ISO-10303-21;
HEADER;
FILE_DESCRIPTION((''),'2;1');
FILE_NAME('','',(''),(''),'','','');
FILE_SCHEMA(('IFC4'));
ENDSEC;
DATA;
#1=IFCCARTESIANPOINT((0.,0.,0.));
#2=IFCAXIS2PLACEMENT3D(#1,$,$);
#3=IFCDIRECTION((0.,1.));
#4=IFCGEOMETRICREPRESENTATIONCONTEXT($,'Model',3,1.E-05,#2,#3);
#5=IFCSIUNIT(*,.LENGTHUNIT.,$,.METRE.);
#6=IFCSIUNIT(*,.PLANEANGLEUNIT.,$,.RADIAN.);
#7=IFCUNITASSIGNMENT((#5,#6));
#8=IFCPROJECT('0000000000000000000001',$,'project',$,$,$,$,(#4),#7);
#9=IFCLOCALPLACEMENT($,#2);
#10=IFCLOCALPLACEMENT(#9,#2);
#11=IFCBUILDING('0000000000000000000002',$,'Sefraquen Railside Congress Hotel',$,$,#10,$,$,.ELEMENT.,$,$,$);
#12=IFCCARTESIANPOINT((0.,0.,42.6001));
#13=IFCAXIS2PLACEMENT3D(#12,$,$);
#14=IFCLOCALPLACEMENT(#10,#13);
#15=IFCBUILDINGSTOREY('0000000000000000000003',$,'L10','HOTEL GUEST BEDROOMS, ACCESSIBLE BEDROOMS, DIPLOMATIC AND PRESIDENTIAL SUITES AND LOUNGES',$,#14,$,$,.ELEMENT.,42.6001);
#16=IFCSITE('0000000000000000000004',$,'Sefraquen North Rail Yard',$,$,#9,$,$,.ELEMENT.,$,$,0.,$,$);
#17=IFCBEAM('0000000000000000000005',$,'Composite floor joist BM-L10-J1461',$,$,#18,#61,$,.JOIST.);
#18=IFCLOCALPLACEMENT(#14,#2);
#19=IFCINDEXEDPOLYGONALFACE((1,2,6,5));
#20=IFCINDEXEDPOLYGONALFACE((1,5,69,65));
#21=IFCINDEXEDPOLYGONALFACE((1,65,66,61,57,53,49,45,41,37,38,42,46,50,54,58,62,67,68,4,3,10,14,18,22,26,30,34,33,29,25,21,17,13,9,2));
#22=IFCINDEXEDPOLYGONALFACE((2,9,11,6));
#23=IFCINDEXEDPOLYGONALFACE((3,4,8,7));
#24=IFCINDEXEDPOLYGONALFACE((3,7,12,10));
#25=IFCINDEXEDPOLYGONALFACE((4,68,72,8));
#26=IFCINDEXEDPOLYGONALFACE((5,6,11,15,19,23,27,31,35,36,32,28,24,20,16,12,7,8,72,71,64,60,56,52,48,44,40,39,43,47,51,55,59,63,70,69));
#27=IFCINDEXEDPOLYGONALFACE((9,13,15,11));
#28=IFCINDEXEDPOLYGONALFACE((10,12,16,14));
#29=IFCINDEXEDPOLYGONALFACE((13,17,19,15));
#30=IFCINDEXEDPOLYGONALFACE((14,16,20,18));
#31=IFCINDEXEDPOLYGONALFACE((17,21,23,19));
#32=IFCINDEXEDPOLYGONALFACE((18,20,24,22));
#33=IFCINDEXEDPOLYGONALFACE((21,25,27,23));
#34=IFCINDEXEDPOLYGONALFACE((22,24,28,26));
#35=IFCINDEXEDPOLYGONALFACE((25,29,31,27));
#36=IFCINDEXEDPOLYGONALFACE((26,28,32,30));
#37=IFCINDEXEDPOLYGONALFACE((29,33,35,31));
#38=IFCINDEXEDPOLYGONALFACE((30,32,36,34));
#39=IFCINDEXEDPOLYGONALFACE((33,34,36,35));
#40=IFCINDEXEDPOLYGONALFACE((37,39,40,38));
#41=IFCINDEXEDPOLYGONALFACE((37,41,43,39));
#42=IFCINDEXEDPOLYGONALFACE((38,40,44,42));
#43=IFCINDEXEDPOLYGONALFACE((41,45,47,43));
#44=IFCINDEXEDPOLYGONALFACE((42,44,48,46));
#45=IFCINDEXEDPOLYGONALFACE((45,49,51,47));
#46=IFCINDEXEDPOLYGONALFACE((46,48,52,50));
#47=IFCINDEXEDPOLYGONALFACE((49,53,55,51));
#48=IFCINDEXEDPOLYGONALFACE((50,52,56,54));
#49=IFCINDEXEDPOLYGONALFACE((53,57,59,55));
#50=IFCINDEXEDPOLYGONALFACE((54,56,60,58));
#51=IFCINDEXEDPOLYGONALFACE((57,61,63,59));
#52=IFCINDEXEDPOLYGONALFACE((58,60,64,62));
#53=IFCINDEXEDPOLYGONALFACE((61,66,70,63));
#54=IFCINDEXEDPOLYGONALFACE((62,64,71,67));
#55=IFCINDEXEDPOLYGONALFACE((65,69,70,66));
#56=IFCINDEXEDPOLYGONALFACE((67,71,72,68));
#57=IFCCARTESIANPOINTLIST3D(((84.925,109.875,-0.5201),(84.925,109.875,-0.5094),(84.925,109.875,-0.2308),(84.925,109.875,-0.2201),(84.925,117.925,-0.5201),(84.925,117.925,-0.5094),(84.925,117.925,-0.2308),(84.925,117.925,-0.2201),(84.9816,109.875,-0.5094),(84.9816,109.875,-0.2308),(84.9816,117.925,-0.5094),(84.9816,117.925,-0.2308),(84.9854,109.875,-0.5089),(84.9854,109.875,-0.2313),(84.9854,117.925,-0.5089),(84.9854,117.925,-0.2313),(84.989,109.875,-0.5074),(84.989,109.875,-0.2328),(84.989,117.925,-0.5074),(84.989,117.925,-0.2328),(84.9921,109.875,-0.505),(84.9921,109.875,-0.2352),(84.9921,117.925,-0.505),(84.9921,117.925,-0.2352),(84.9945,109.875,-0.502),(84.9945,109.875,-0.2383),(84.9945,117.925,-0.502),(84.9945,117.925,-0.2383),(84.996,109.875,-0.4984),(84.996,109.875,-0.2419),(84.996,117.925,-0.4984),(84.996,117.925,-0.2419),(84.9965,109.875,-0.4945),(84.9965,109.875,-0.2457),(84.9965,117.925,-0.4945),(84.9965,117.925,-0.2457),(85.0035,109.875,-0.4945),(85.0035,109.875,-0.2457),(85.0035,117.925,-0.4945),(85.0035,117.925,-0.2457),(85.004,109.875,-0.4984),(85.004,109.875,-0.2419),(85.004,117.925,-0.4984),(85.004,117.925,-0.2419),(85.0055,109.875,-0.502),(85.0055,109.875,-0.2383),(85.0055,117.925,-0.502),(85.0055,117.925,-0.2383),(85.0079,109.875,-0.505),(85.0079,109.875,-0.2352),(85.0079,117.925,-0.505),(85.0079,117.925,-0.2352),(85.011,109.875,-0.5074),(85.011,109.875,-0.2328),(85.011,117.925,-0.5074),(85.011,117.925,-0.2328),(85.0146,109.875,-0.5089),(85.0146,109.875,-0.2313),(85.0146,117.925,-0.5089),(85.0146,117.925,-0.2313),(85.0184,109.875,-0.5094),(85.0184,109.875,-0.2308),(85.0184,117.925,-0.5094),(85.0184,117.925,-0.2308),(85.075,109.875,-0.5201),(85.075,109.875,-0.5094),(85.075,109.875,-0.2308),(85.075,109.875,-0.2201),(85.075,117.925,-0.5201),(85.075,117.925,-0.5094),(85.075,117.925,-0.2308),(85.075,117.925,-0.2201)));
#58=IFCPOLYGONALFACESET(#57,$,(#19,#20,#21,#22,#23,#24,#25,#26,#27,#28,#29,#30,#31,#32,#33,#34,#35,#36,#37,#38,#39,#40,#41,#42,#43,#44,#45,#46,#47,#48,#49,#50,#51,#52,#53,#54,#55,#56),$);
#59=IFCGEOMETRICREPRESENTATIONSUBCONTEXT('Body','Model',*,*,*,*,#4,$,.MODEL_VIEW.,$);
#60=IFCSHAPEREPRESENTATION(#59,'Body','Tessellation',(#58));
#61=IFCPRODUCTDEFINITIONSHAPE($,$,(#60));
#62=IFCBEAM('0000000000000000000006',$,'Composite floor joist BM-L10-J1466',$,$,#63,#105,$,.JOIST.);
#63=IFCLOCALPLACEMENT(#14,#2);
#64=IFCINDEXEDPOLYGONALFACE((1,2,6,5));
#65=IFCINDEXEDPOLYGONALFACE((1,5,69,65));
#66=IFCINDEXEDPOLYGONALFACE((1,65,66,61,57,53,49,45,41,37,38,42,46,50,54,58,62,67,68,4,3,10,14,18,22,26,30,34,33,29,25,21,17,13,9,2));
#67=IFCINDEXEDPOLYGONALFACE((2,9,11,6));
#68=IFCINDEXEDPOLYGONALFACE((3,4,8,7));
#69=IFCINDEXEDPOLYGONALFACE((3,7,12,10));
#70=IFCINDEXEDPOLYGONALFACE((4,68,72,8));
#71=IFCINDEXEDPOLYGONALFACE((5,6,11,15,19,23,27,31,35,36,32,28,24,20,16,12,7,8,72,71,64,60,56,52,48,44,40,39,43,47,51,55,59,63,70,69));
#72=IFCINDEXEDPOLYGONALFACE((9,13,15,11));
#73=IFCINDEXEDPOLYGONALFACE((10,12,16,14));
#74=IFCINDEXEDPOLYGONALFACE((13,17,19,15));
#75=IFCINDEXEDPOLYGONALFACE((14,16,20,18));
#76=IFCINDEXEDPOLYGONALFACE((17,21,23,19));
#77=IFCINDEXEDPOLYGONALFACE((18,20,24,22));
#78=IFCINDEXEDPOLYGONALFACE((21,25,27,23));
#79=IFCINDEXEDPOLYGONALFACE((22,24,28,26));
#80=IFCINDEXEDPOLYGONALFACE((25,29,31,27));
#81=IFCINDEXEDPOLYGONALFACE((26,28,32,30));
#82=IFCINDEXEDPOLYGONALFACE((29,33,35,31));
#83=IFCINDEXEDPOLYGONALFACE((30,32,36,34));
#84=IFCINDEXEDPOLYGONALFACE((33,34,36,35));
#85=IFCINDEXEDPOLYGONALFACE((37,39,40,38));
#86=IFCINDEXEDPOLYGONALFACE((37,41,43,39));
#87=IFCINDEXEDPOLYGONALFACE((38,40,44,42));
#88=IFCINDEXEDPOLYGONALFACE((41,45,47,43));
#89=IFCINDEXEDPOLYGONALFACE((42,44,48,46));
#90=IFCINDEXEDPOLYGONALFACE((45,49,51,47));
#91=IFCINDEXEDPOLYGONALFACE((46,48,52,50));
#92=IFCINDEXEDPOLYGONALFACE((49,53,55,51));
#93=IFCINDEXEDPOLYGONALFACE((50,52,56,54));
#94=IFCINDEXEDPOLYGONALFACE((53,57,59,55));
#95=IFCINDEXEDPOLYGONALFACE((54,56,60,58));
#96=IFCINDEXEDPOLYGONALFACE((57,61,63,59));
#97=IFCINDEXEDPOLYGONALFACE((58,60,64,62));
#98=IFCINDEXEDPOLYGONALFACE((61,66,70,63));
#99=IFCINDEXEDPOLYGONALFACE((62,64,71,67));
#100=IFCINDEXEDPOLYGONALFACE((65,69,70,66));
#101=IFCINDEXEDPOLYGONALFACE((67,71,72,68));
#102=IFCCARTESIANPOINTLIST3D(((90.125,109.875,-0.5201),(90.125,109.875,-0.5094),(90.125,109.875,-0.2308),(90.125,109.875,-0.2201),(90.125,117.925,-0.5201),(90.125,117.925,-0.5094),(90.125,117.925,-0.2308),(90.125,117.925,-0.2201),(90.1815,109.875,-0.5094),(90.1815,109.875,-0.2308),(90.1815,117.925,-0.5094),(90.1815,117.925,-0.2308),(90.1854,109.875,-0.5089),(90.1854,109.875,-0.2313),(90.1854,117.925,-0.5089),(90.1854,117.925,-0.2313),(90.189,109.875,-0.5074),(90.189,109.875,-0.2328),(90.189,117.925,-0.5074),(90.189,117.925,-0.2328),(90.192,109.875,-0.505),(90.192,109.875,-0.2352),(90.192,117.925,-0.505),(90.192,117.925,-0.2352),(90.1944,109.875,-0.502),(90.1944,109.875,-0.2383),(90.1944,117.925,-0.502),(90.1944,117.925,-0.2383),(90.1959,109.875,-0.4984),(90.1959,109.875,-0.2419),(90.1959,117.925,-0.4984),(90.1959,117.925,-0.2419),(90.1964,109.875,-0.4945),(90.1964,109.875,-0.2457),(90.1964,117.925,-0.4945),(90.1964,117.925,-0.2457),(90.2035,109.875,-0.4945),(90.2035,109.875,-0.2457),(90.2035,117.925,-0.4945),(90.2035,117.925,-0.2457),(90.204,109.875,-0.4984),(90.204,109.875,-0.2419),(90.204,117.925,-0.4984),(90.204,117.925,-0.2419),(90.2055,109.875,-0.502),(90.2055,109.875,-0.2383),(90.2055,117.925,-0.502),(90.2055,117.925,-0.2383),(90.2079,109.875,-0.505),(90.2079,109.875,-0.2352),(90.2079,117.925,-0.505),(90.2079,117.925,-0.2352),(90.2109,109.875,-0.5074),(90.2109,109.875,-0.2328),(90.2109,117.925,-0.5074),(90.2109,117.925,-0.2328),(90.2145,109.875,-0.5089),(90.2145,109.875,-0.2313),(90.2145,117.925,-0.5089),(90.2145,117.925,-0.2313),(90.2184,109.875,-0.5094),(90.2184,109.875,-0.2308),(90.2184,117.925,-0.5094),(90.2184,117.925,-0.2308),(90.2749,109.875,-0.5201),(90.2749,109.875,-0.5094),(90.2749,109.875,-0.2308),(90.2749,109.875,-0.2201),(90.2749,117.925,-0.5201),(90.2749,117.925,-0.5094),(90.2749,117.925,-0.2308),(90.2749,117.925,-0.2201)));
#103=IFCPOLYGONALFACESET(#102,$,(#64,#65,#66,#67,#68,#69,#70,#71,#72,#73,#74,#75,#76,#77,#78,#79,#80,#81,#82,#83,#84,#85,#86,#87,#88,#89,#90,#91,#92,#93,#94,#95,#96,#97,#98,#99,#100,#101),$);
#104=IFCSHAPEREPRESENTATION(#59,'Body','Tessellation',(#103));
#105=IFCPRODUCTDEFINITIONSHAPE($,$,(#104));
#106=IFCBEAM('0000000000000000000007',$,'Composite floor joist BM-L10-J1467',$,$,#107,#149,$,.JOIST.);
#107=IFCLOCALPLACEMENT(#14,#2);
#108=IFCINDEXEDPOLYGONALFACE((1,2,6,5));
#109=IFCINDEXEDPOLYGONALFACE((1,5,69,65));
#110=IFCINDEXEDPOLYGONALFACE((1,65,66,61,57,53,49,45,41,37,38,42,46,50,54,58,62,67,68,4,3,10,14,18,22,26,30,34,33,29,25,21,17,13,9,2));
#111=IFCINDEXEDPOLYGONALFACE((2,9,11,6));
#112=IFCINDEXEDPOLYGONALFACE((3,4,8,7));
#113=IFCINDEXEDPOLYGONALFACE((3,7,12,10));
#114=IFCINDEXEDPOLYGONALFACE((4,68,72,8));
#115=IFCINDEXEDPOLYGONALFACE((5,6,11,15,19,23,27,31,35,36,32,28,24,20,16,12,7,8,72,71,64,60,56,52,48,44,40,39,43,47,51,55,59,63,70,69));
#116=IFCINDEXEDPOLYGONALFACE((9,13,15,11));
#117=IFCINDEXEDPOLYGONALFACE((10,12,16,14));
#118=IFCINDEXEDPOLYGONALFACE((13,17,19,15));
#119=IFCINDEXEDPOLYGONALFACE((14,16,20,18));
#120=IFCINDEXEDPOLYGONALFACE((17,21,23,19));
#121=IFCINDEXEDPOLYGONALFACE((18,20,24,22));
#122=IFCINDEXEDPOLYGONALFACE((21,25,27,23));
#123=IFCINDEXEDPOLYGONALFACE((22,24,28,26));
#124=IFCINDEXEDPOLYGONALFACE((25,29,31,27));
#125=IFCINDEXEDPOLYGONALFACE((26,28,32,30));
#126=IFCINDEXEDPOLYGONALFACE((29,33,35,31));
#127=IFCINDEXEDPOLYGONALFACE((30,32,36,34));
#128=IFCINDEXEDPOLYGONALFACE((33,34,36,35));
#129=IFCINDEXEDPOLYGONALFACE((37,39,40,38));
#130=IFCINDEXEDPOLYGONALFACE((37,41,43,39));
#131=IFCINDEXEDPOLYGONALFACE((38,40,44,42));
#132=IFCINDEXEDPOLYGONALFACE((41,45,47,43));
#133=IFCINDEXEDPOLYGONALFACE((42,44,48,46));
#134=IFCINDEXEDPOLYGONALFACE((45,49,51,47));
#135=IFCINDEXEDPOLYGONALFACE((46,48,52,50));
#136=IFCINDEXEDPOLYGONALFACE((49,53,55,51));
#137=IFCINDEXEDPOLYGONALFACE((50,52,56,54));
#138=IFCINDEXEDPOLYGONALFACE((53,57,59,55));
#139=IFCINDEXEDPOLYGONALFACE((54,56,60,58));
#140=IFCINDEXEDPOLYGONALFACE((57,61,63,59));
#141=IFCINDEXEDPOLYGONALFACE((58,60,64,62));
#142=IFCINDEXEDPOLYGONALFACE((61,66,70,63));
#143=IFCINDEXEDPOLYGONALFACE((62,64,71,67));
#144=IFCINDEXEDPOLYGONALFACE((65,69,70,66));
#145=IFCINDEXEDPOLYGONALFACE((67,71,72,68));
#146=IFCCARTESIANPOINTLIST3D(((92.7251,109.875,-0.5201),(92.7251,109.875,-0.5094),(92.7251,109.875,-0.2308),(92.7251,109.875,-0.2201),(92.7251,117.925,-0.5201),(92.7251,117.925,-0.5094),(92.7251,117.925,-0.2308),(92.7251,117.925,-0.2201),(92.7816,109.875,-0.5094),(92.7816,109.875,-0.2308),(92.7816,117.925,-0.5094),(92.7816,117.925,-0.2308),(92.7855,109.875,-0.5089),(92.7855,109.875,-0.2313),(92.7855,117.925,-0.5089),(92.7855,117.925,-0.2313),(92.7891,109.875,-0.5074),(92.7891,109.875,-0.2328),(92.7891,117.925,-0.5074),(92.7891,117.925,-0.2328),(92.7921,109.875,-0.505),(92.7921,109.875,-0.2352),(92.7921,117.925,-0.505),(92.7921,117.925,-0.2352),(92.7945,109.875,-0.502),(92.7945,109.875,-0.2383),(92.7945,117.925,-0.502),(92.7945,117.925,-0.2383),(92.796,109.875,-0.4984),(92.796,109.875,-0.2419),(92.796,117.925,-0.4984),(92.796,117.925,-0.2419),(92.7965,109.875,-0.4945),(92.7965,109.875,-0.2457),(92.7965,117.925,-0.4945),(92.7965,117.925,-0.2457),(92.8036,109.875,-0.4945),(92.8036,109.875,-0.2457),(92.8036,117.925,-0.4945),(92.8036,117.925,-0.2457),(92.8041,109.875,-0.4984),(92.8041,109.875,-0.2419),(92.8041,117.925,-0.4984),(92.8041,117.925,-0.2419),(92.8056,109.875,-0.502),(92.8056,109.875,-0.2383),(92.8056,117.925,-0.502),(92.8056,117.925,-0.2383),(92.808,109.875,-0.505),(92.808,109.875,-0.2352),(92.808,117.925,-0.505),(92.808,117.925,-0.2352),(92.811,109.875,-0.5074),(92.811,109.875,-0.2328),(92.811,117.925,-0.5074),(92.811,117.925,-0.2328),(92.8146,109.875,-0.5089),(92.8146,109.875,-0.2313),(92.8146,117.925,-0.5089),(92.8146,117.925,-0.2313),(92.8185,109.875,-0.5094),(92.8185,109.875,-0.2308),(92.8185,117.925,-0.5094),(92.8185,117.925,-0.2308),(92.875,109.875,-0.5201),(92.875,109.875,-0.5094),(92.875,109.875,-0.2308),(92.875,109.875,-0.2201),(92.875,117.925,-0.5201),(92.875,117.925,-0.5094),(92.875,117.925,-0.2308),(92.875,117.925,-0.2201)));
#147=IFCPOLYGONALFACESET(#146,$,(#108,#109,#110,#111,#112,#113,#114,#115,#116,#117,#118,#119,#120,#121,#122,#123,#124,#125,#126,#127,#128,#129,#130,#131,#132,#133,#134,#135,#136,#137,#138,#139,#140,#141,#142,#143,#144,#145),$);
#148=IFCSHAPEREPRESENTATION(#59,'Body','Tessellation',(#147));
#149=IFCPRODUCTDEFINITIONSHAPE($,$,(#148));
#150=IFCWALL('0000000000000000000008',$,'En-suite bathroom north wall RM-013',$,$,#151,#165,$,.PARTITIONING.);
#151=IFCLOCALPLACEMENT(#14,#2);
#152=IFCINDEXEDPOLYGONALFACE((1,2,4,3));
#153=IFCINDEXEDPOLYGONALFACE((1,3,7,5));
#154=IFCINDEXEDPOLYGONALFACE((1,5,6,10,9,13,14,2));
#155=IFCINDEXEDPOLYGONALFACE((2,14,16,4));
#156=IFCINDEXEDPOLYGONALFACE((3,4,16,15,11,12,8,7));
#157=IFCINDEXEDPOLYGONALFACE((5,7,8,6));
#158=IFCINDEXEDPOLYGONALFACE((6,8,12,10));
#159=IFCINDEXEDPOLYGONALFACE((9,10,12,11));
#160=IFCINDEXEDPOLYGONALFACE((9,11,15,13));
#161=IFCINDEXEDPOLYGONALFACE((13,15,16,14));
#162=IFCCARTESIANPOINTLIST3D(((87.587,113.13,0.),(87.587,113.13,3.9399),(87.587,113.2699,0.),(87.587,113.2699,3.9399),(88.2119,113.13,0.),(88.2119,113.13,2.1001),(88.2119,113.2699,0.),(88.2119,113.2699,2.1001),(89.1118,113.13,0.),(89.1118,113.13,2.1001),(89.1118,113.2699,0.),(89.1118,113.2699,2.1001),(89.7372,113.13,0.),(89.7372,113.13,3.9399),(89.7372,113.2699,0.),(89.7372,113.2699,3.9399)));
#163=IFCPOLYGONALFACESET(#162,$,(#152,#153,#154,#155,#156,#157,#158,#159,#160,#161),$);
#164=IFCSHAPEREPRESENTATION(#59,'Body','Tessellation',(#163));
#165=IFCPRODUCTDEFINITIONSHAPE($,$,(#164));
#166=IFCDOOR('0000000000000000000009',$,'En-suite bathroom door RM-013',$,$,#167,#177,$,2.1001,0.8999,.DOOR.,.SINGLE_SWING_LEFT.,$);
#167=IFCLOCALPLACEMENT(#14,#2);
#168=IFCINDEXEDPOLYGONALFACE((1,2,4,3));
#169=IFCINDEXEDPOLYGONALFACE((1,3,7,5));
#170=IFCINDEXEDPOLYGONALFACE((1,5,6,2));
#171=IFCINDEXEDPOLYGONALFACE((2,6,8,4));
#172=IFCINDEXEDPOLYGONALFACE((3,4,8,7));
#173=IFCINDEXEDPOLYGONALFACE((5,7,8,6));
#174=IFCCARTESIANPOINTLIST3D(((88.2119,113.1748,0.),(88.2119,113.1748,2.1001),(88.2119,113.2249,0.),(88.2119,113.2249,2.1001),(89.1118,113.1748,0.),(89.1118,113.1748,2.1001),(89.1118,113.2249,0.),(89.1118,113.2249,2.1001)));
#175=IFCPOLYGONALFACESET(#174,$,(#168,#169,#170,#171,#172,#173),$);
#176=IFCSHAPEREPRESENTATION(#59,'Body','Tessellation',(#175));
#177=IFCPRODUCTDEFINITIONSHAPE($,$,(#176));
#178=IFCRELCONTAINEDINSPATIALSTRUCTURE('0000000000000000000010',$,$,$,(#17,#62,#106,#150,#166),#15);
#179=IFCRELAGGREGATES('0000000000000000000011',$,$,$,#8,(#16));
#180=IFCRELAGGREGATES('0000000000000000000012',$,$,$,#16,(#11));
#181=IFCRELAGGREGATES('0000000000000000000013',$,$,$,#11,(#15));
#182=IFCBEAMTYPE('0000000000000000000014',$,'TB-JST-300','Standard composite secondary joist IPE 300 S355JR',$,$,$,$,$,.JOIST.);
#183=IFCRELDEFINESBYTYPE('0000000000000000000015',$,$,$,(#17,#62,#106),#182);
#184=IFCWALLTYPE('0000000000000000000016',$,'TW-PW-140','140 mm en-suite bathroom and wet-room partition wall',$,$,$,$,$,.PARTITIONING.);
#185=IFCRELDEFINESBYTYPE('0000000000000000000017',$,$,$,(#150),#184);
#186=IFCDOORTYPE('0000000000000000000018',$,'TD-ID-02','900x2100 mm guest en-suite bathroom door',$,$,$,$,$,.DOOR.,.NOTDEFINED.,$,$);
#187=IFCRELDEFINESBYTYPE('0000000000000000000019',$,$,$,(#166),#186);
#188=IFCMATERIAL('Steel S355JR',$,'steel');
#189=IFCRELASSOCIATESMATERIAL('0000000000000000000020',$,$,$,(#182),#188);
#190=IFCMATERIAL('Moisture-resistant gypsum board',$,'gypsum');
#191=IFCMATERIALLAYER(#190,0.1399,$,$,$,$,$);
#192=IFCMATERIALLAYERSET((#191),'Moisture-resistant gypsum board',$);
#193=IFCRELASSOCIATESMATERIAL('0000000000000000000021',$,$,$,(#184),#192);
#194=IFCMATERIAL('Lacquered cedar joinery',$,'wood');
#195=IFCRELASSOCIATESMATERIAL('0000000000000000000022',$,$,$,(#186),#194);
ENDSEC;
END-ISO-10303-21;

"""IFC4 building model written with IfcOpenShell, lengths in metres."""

from ifc_helpers import new_model, si_unit, direction, frame, frame_2d, origin, origin_2d, place, context, subcontext, project, spatial, rectangle, i_section, extrude, material, layer, layer_set, material_profile, profile_set, type_object, element, fill, save


model = new_model("IFC4")

# Units and contexts
model_context = context("Model", 3, precision=1e-05, world=origin(), true_north=direction((0.0, 1.0)))
body_context = subcontext(model_context, "Body", "Model", "MODEL_VIEW")
ifc_project = project(units=[si_unit("LENGTHUNIT", "METRE"), si_unit("PLANEANGLEUNIT", "RADIAN")], contexts=[model_context])

# Site, building, storey
site_placement = place(None, origin())
site = spatial("IfcSite", under=ifc_project, at=site_placement, Name="Sefraquen North Rail Yard", CompositionType="ELEMENT", RefElevation=0.0)
building_placement = place(site_placement, origin())
building = spatial("IfcBuilding", under=site, at=building_placement, Name="Sefraquen Railside Congress Hotel", CompositionType="ELEMENT")
storey_placement = place(building_placement, frame((0.0, 0.0, 42.6001)))
storey = spatial("IfcBuildingStorey", under=building, at=storey_placement, Name="L10", Description="HOTEL GUEST BEDROOMS, ACCESSIBLE BEDROOMS, DIPLOMATIC AND PRESIDENTIAL SUITES AND LOUNGES", CompositionType="ELEMENT", Elevation=42.6001)

# Shared definitions
ifc_material_1 = material(Name="Steel S355JR", Category="steel")

# Beams
ifc_material_profile_1 = material_profile(ifc_material_1, i_section(OverallWidth=0.1499, OverallDepth=0.3, WebThickness=0.0071, FlangeThickness=0.0107, FilletRadius=0.0149, at=origin_2d()), Name="IPE 300")
ifc_profile_set_1 = profile_set([ifc_material_profile_1], Name="Steel S355JR")
beam_type_1 = type_object("IfcBeamType", Name="TB-JST-300", Description="Standard composite secondary joist IPE 300 S355JR", PredefinedType="JOIST", material=ifc_profile_set_1)
for number, where, z_axis, x_axis, name in (
    (1, (85.0, 109.875, -0.3701), (0.0, 1.0, 0.0), (-1.0, 0.0, 0.0), "Composite floor joist BM-L10-J1461"),
    (2, (90.2, 109.875, -0.3701), (0.0, 1.0, 0.0), (-1.0, 0.0, 0.0), "Composite floor joist BM-L10-J1466"),
    (3, (92.8, 109.875, -0.3701), (0.0, 1.0, 0.0), (-1.0, 0.0, 0.0), "Composite floor joist BM-L10-J1467"),
):
    element("IfcBeam", number, at=place(storey_placement, frame(where, z_axis=z_axis, x_axis=x_axis)), inside=storey, type_object=beam_type_1, Name=name, PredefinedType="JOIST", context=body_context, shape_type="SweptSolid", body=[
        extrude(i_section(OverallWidth=0.1499, OverallDepth=0.3, WebThickness=0.0071, FlangeThickness=0.0107, FilletRadius=0.0149, at=origin_2d()), origin(), (0.0, 0.0, 1.0), 8.05),
    ])

# Wall, opening, door
ifc_material_2 = material(Name="Moisture-resistant gypsum board", Category="gypsum")
ifc_layer_1 = layer(ifc_material_2, 0.1399)
ifc_layer_set_1 = layer_set([ifc_layer_1], Name="Moisture-resistant gypsum board")
wall_type = type_object("IfcWallType", Name="TW-PW-140", Description="140 mm en-suite bathroom and wet-room partition wall", PredefinedType="PARTITIONING", material=ifc_layer_set_1)
wall_1_placement = place(storey_placement, frame((87.5869, 113.2, 0.0), z_axis=(0.0, 0.0, 1.0), x_axis=(1.0, 0.0, 0.0)))
wall_1 = element("IfcWall", 4, at=wall_1_placement, inside=storey, type_object=wall_type, Name="En-suite bathroom north wall RM-013", PredefinedType="PARTITIONING", context=body_context, shape_type="SweptSolid", body=[
    extrude(rectangle(XDim=2.1501, YDim=0.1399, at=frame_2d((1.0752, 0.0))), origin(), (0.0, 0.0, 1.0), 3.9399),
])
opening_1_placement = place(wall_1_placement, frame((0.625, 0.0, 0.0)))
opening_1 = element("IfcOpeningElement", 5, at=opening_1_placement, cuts=wall_1, PredefinedType="OPENING", context=body_context, shape_type="SweptSolid", body=[
    extrude(rectangle(XDim=0.8999, YDim=2.1001, at=frame_2d((0.45, 1.05))), frame((0.0, 0.0798, 0.0), z_axis=(0.0, -1.0, 0.0), x_axis=(1.0, 0.0, 0.0)), (0.0, 0.0, 1.0), 0.1599),
])
ifc_material_3 = material(Name="Lacquered cedar joinery", Category="wood")
door_type = type_object("IfcDoorType", Name="TD-ID-02", Description="900x2100 mm guest en-suite bathroom door", OperationType="NOTDEFINED", PredefinedType="DOOR", material=ifc_material_3)
door_1_placement = place(opening_1_placement, origin())
door_1 = element("IfcDoor", 6, at=door_1_placement, inside=storey, type_object=door_type, Name="En-suite bathroom door RM-013", OperationType="SINGLE_SWING_LEFT", OverallHeight=2.1001, OverallWidth=0.8999, PredefinedType="DOOR", context=body_context, shape_type="SweptSolid", body=[
    extrude(rectangle(XDim=0.8999, YDim=2.1001, at=frame_2d((0.45, 1.05))), frame((0.0, 0.0249, 0.0), z_axis=(0.0, -1.0, 0.0), x_axis=(1.0, 0.0, 0.0)), (0.0, 0.0, 1.0), 0.05),
])
fill(opening_1, door_1)

save(model, "model.ifc")
